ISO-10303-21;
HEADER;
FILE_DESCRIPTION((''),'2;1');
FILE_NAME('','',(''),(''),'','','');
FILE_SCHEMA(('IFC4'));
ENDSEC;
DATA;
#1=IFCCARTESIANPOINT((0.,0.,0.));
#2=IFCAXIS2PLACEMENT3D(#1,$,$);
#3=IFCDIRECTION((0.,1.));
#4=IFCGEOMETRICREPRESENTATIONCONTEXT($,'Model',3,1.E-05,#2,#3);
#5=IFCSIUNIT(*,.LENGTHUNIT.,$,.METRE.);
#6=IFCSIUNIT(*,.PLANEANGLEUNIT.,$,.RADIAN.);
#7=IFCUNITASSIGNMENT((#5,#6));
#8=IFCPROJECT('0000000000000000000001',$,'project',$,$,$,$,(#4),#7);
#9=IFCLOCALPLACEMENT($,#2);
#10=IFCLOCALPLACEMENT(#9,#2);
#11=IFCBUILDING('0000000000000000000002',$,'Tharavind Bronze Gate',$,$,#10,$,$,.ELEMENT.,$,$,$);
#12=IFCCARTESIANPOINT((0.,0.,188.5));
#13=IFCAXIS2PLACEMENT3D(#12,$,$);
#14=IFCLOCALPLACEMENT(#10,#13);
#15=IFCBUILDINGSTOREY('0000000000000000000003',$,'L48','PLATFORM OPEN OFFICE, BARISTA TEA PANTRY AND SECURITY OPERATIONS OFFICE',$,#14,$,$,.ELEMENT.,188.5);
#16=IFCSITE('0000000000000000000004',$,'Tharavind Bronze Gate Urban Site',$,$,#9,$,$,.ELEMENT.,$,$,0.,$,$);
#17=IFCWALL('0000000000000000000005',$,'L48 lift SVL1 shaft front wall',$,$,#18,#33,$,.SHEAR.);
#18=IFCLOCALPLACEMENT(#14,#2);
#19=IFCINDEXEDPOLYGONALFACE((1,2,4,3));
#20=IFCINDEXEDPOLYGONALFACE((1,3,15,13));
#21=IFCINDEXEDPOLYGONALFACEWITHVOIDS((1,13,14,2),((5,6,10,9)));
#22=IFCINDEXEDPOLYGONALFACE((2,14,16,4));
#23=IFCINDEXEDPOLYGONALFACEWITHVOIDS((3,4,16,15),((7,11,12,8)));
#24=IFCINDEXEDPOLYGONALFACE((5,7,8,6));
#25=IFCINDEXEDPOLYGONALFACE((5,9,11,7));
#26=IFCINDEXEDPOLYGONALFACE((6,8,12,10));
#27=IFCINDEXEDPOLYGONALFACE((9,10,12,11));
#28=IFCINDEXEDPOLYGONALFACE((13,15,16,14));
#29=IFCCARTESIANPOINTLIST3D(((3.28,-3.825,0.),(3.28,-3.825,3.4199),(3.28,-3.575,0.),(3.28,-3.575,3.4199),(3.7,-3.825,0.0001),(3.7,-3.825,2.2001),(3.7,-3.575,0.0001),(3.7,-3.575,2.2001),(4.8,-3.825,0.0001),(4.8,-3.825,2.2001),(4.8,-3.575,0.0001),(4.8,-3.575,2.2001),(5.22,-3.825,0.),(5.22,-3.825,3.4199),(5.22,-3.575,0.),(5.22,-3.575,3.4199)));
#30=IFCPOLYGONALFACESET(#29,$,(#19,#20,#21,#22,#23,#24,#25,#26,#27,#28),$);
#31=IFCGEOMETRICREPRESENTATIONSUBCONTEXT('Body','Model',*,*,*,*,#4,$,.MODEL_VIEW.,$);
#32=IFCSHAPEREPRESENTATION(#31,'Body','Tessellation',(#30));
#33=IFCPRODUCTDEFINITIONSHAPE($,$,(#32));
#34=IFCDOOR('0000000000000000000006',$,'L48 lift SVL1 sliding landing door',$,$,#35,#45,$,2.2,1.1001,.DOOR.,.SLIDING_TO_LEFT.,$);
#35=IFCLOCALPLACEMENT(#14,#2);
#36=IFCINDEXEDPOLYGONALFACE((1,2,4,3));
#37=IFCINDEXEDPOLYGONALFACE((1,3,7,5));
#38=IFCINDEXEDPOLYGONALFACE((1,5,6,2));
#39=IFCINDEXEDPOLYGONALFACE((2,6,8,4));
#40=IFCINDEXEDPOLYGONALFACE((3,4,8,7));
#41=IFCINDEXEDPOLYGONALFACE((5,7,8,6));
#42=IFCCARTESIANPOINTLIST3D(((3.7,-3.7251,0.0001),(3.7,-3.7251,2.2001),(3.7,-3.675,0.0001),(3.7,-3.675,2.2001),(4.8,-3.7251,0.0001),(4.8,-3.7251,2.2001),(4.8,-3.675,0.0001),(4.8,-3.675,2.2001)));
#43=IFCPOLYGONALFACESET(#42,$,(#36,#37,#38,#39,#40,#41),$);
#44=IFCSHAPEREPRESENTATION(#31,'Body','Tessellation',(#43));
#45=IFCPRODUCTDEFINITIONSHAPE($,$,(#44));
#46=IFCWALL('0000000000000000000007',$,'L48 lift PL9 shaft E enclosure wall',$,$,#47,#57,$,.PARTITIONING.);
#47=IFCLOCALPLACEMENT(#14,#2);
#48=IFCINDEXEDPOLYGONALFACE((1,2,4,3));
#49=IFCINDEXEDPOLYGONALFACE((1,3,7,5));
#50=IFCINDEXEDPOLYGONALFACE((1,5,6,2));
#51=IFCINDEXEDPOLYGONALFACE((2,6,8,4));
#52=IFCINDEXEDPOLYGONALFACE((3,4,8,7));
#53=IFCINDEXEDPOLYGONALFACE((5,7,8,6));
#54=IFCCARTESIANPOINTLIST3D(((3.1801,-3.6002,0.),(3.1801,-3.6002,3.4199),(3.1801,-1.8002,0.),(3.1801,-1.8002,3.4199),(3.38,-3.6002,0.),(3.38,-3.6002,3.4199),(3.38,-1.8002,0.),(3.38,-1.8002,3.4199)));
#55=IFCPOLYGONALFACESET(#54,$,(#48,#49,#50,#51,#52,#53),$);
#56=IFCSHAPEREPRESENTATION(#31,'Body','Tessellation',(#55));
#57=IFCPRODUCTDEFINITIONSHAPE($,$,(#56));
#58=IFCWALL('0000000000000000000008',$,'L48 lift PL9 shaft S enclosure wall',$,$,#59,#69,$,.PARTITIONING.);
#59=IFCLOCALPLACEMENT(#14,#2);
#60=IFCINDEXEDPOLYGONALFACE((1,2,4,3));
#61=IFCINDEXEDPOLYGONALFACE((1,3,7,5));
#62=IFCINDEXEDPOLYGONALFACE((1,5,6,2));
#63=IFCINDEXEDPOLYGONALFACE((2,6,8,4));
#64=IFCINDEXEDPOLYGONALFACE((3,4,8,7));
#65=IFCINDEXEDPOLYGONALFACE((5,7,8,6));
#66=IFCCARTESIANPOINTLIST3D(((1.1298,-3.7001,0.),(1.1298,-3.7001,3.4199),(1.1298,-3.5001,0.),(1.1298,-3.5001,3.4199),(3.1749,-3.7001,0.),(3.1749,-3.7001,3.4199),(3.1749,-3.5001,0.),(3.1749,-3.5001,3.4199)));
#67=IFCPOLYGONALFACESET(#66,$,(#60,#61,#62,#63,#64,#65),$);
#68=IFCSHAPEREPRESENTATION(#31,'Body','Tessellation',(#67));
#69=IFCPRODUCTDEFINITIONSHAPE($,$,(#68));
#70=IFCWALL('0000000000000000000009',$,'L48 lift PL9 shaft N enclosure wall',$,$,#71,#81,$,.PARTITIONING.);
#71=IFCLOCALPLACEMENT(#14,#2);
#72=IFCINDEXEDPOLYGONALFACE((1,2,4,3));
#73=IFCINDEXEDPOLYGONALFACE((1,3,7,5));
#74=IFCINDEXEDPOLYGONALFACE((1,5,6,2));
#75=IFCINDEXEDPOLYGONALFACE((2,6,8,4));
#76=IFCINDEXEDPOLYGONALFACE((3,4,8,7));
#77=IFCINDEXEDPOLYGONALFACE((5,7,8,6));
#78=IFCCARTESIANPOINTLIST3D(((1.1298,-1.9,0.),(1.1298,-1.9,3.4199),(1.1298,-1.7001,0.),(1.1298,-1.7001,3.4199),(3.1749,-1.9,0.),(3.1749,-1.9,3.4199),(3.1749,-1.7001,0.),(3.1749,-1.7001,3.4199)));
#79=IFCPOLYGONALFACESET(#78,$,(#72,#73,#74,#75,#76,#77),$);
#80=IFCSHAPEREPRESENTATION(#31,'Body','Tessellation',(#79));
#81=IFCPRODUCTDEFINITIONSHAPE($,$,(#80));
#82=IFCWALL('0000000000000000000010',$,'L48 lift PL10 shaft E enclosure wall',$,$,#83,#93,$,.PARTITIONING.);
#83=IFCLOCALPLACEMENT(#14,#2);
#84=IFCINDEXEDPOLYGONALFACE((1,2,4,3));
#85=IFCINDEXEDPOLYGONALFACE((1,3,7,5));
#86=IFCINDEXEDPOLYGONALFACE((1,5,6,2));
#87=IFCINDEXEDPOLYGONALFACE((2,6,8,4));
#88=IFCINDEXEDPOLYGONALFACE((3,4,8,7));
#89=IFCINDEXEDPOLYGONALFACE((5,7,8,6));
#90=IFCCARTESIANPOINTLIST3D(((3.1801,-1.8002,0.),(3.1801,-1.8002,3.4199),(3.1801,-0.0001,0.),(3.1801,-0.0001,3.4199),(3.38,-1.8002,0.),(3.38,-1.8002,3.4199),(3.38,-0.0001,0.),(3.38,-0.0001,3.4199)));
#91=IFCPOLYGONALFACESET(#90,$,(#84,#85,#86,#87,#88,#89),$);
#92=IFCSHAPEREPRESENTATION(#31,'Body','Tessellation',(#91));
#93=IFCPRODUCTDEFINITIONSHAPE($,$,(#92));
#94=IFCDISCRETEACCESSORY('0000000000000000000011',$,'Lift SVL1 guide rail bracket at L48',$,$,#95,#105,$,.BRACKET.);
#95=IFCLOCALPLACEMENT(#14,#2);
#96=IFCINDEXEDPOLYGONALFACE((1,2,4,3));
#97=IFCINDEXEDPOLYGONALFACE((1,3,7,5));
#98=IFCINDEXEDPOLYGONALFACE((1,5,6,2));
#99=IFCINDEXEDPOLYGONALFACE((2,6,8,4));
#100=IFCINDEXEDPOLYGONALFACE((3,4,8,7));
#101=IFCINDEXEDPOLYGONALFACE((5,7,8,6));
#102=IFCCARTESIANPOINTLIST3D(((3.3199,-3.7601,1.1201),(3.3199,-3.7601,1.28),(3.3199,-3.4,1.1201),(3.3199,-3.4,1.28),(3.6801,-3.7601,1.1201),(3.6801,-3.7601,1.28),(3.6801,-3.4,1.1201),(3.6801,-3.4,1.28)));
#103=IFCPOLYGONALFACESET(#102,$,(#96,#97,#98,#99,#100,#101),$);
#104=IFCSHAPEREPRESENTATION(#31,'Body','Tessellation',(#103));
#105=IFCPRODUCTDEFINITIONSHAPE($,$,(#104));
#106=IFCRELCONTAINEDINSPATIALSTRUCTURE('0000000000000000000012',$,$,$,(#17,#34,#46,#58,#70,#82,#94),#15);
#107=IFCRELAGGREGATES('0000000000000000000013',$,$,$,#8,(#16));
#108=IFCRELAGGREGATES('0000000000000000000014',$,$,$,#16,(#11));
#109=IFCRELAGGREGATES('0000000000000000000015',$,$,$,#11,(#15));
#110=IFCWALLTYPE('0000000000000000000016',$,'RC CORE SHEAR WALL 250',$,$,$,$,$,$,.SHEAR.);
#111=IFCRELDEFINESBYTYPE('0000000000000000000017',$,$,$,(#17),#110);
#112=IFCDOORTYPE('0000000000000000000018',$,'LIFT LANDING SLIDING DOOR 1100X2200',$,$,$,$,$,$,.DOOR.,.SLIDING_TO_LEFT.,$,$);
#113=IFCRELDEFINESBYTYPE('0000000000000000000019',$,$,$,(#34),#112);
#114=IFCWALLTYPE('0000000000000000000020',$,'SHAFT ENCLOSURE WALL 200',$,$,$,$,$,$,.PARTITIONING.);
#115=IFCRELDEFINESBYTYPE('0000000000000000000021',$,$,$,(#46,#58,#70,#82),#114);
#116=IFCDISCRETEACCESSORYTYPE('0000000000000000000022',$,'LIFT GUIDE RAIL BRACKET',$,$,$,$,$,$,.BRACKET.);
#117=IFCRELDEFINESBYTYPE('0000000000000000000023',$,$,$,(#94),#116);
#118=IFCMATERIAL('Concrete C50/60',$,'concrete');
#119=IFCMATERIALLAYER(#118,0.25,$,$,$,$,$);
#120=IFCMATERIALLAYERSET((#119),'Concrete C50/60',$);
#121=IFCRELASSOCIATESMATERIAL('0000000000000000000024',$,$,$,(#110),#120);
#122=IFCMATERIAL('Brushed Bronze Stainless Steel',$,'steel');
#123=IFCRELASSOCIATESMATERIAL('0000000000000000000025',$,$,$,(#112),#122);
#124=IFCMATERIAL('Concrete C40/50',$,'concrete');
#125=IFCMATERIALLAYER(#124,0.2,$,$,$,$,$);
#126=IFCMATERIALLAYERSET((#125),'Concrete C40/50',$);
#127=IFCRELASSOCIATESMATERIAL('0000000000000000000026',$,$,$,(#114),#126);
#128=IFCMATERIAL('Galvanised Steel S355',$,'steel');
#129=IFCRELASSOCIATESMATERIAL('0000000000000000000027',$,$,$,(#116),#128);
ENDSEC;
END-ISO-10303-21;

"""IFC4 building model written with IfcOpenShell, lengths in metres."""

from ifc_helpers import new_model, si_unit, direction, frame, frame_2d, origin, origin_2d, place, context, subcontext, project, spatial, rectangle, extrude, material, layer, layer_set, type_object, element, fill, save


model = new_model("IFC4")

# Units and contexts
model_context = context("Model", 3, precision=1e-05, world=origin(), true_north=direction((0.0, 1.0)))
body_context = subcontext(model_context, "Body", "Model", "MODEL_VIEW")
ifc_project = project(units=[si_unit("LENGTHUNIT", "METRE"), si_unit("PLANEANGLEUNIT", "RADIAN")], contexts=[model_context])

# Site, building, storey
site_placement = place(None, origin())
site = spatial("IfcSite", under=ifc_project, at=site_placement, Name="Tharavind Bronze Gate Urban Site", CompositionType="ELEMENT", RefElevation=0.0)
building_placement = place(site_placement, origin())
building = spatial("IfcBuilding", under=site, at=building_placement, Name="Tharavind Bronze Gate", CompositionType="ELEMENT")
storey_placement = place(building_placement, frame((0.0, 0.0, 188.5)))
storey = spatial("IfcBuildingStorey", under=building, at=storey_placement, Name="L48", Description="PLATFORM OPEN OFFICE, BARISTA TEA PANTRY AND SECURITY OPERATIONS OFFICE", CompositionType="ELEMENT", Elevation=188.5)

# Shared definitions
ifc_material_1 = material(Name="Concrete C50/60", Category="concrete")
ifc_layer_1 = layer(ifc_material_1, 0.25)
ifc_layer_set_1 = layer_set([ifc_layer_1], Name="Concrete C50/60")
wall_type_1 = type_object("IfcWallType", Name="RC CORE SHEAR WALL 250", PredefinedType="SHEAR", material=ifc_layer_set_1)

# Wall, opening, door
wall_1_placement = place(storey_placement, frame((3.28, -3.7, 0.0), z_axis=(0.0, 0.0, 1.0), x_axis=(1.0, 0.0, 0.0)))
wall_1 = element("IfcWall", 1, at=wall_1_placement, inside=storey, type_object=wall_type_1, Name="L48 lift SVL1 shaft front wall", PredefinedType="SHEAR", context=body_context, shape_type="SweptSolid", body=[
    extrude(rectangle(XDim=1.9399, YDim=0.25, at=frame_2d((0.97, 0.0))), origin(), (0.0, 0.0, 1.0), 3.4199),
])
opening_placement = place(wall_1_placement, frame((0.4199, 0.0, 0.0)))
opening = element("IfcOpeningElement", 2, at=opening_placement, cuts=wall_1, PredefinedType="OPENING", context=body_context, shape_type="SweptSolid", body=[
    extrude(rectangle(XDim=1.1001, YDim=2.2, at=frame_2d((0.55, 1.1001))), frame((0.0, 0.135, 0.0), z_axis=(0.0, -1.0, 0.0), x_axis=(1.0, 0.0, 0.0)), (0.0, 0.0, 1.0), 0.27),
])
ifc_material_2 = material(Name="Brushed Bronze Stainless Steel", Category="steel")
door_type = type_object("IfcDoorType", Name="LIFT LANDING SLIDING DOOR 1100X2200", OperationType="SLIDING_TO_LEFT", PredefinedType="DOOR", material=ifc_material_2)
door_placement = place(opening_placement, origin())
door = element("IfcDoor", 3, at=door_placement, inside=storey, type_object=door_type, Name="L48 lift SVL1 sliding landing door", OperationType="SLIDING_TO_LEFT", OverallHeight=2.2, OverallWidth=1.1001, PredefinedType="DOOR", context=body_context, shape_type="SweptSolid", body=[
    extrude(rectangle(XDim=1.1001, YDim=2.2, at=frame_2d((0.55, 1.1001))), frame((0.0, 0.0249, 0.0), z_axis=(0.0, -1.0, 0.0), x_axis=(1.0, 0.0, 0.0)), (0.0, 0.0, 1.0), 0.05),
])
fill(opening, door)

# Walls
ifc_material_3 = material(Name="Concrete C40/50", Category="concrete")
ifc_layer_2 = layer(ifc_material_3, 0.2)
ifc_layer_set_2 = layer_set([ifc_layer_2], Name="Concrete C40/50")
wall_type_2 = type_object("IfcWallType", Name="SHAFT ENCLOSURE WALL 200", PredefinedType="PARTITIONING", material=ifc_layer_set_2)
wall_2_placement = place(storey_placement, frame((3.28, -3.6001, 0.0), z_axis=(0.0, 0.0, 1.0), x_axis=(0.0, 1.0, 0.0)))
element("IfcWall", 4, at=wall_2_placement, inside=storey, type_object=wall_type_2, Name="L48 lift PL9 shaft E enclosure wall", PredefinedType="PARTITIONING", context=body_context, shape_type="SweptSolid", body=[
    extrude(rectangle(XDim=1.8, YDim=0.2, at=frame_2d((0.8999, 0.0))), origin(), (0.0, 0.0, 1.0), 3.4199),
])
for number, where, z_axis, x_axis, name in (
    (5, (1.1299, -3.6001, 0.0), (0.0, 0.0, 1.0), (1.0, 0.0, 0.0), "L48 lift PL9 shaft S enclosure wall"),
    (6, (1.1299, -1.8, 0.0), (0.0, 0.0, 1.0), (1.0, 0.0, 0.0), "L48 lift PL9 shaft N enclosure wall"),
):
    element("IfcWall", number, at=place(storey_placement, frame(where, z_axis=z_axis, x_axis=x_axis)), inside=storey, type_object=wall_type_2, Name=name, PredefinedType="PARTITIONING", context=body_context, shape_type="SweptSolid", body=[
        extrude(rectangle(XDim=2.0452, YDim=0.2, at=frame_2d((1.0225, 0.0))), origin(), (0.0, 0.0, 1.0), 3.4199),
    ])
wall_3_placement = place(storey_placement, frame((3.28, -1.8, 0.0), z_axis=(0.0, 0.0, 1.0), x_axis=(0.0, 1.0, 0.0)))
element("IfcWall", 7, at=wall_3_placement, inside=storey, type_object=wall_type_2, Name="L48 lift PL10 shaft E enclosure wall", PredefinedType="PARTITIONING", context=body_context, shape_type="SweptSolid", body=[
    extrude(rectangle(XDim=1.8, YDim=0.2, at=frame_2d((0.8999, 0.0))), origin(), (0.0, 0.0, 1.0), 3.4199),
])

# Discrete accessory
ifc_material_4 = material(Name="Galvanised Steel S355", Category="steel")
discrete_accessory_type = type_object("IfcDiscreteAccessoryType", Name="LIFT GUIDE RAIL BRACKET", PredefinedType="BRACKET", material=ifc_material_4)
discrete_accessory_placement = place(storey_placement, frame((3.5, -3.5801, 1.1201), z_axis=(0.0, 0.0, 1.0), x_axis=(1.0, 0.0, 0.0)))
element("IfcDiscreteAccessory", 8, at=discrete_accessory_placement, inside=storey, type_object=discrete_accessory_type, Name="Lift SVL1 guide rail bracket at L48", PredefinedType="BRACKET", context=body_context, shape_type="SweptSolid", body=[
    extrude(rectangle(XDim=0.3601, YDim=0.3601, at=origin_2d()), origin(), (0.0, 0.0, 1.0), 0.1599),
])

save(model, "model.ifc")
